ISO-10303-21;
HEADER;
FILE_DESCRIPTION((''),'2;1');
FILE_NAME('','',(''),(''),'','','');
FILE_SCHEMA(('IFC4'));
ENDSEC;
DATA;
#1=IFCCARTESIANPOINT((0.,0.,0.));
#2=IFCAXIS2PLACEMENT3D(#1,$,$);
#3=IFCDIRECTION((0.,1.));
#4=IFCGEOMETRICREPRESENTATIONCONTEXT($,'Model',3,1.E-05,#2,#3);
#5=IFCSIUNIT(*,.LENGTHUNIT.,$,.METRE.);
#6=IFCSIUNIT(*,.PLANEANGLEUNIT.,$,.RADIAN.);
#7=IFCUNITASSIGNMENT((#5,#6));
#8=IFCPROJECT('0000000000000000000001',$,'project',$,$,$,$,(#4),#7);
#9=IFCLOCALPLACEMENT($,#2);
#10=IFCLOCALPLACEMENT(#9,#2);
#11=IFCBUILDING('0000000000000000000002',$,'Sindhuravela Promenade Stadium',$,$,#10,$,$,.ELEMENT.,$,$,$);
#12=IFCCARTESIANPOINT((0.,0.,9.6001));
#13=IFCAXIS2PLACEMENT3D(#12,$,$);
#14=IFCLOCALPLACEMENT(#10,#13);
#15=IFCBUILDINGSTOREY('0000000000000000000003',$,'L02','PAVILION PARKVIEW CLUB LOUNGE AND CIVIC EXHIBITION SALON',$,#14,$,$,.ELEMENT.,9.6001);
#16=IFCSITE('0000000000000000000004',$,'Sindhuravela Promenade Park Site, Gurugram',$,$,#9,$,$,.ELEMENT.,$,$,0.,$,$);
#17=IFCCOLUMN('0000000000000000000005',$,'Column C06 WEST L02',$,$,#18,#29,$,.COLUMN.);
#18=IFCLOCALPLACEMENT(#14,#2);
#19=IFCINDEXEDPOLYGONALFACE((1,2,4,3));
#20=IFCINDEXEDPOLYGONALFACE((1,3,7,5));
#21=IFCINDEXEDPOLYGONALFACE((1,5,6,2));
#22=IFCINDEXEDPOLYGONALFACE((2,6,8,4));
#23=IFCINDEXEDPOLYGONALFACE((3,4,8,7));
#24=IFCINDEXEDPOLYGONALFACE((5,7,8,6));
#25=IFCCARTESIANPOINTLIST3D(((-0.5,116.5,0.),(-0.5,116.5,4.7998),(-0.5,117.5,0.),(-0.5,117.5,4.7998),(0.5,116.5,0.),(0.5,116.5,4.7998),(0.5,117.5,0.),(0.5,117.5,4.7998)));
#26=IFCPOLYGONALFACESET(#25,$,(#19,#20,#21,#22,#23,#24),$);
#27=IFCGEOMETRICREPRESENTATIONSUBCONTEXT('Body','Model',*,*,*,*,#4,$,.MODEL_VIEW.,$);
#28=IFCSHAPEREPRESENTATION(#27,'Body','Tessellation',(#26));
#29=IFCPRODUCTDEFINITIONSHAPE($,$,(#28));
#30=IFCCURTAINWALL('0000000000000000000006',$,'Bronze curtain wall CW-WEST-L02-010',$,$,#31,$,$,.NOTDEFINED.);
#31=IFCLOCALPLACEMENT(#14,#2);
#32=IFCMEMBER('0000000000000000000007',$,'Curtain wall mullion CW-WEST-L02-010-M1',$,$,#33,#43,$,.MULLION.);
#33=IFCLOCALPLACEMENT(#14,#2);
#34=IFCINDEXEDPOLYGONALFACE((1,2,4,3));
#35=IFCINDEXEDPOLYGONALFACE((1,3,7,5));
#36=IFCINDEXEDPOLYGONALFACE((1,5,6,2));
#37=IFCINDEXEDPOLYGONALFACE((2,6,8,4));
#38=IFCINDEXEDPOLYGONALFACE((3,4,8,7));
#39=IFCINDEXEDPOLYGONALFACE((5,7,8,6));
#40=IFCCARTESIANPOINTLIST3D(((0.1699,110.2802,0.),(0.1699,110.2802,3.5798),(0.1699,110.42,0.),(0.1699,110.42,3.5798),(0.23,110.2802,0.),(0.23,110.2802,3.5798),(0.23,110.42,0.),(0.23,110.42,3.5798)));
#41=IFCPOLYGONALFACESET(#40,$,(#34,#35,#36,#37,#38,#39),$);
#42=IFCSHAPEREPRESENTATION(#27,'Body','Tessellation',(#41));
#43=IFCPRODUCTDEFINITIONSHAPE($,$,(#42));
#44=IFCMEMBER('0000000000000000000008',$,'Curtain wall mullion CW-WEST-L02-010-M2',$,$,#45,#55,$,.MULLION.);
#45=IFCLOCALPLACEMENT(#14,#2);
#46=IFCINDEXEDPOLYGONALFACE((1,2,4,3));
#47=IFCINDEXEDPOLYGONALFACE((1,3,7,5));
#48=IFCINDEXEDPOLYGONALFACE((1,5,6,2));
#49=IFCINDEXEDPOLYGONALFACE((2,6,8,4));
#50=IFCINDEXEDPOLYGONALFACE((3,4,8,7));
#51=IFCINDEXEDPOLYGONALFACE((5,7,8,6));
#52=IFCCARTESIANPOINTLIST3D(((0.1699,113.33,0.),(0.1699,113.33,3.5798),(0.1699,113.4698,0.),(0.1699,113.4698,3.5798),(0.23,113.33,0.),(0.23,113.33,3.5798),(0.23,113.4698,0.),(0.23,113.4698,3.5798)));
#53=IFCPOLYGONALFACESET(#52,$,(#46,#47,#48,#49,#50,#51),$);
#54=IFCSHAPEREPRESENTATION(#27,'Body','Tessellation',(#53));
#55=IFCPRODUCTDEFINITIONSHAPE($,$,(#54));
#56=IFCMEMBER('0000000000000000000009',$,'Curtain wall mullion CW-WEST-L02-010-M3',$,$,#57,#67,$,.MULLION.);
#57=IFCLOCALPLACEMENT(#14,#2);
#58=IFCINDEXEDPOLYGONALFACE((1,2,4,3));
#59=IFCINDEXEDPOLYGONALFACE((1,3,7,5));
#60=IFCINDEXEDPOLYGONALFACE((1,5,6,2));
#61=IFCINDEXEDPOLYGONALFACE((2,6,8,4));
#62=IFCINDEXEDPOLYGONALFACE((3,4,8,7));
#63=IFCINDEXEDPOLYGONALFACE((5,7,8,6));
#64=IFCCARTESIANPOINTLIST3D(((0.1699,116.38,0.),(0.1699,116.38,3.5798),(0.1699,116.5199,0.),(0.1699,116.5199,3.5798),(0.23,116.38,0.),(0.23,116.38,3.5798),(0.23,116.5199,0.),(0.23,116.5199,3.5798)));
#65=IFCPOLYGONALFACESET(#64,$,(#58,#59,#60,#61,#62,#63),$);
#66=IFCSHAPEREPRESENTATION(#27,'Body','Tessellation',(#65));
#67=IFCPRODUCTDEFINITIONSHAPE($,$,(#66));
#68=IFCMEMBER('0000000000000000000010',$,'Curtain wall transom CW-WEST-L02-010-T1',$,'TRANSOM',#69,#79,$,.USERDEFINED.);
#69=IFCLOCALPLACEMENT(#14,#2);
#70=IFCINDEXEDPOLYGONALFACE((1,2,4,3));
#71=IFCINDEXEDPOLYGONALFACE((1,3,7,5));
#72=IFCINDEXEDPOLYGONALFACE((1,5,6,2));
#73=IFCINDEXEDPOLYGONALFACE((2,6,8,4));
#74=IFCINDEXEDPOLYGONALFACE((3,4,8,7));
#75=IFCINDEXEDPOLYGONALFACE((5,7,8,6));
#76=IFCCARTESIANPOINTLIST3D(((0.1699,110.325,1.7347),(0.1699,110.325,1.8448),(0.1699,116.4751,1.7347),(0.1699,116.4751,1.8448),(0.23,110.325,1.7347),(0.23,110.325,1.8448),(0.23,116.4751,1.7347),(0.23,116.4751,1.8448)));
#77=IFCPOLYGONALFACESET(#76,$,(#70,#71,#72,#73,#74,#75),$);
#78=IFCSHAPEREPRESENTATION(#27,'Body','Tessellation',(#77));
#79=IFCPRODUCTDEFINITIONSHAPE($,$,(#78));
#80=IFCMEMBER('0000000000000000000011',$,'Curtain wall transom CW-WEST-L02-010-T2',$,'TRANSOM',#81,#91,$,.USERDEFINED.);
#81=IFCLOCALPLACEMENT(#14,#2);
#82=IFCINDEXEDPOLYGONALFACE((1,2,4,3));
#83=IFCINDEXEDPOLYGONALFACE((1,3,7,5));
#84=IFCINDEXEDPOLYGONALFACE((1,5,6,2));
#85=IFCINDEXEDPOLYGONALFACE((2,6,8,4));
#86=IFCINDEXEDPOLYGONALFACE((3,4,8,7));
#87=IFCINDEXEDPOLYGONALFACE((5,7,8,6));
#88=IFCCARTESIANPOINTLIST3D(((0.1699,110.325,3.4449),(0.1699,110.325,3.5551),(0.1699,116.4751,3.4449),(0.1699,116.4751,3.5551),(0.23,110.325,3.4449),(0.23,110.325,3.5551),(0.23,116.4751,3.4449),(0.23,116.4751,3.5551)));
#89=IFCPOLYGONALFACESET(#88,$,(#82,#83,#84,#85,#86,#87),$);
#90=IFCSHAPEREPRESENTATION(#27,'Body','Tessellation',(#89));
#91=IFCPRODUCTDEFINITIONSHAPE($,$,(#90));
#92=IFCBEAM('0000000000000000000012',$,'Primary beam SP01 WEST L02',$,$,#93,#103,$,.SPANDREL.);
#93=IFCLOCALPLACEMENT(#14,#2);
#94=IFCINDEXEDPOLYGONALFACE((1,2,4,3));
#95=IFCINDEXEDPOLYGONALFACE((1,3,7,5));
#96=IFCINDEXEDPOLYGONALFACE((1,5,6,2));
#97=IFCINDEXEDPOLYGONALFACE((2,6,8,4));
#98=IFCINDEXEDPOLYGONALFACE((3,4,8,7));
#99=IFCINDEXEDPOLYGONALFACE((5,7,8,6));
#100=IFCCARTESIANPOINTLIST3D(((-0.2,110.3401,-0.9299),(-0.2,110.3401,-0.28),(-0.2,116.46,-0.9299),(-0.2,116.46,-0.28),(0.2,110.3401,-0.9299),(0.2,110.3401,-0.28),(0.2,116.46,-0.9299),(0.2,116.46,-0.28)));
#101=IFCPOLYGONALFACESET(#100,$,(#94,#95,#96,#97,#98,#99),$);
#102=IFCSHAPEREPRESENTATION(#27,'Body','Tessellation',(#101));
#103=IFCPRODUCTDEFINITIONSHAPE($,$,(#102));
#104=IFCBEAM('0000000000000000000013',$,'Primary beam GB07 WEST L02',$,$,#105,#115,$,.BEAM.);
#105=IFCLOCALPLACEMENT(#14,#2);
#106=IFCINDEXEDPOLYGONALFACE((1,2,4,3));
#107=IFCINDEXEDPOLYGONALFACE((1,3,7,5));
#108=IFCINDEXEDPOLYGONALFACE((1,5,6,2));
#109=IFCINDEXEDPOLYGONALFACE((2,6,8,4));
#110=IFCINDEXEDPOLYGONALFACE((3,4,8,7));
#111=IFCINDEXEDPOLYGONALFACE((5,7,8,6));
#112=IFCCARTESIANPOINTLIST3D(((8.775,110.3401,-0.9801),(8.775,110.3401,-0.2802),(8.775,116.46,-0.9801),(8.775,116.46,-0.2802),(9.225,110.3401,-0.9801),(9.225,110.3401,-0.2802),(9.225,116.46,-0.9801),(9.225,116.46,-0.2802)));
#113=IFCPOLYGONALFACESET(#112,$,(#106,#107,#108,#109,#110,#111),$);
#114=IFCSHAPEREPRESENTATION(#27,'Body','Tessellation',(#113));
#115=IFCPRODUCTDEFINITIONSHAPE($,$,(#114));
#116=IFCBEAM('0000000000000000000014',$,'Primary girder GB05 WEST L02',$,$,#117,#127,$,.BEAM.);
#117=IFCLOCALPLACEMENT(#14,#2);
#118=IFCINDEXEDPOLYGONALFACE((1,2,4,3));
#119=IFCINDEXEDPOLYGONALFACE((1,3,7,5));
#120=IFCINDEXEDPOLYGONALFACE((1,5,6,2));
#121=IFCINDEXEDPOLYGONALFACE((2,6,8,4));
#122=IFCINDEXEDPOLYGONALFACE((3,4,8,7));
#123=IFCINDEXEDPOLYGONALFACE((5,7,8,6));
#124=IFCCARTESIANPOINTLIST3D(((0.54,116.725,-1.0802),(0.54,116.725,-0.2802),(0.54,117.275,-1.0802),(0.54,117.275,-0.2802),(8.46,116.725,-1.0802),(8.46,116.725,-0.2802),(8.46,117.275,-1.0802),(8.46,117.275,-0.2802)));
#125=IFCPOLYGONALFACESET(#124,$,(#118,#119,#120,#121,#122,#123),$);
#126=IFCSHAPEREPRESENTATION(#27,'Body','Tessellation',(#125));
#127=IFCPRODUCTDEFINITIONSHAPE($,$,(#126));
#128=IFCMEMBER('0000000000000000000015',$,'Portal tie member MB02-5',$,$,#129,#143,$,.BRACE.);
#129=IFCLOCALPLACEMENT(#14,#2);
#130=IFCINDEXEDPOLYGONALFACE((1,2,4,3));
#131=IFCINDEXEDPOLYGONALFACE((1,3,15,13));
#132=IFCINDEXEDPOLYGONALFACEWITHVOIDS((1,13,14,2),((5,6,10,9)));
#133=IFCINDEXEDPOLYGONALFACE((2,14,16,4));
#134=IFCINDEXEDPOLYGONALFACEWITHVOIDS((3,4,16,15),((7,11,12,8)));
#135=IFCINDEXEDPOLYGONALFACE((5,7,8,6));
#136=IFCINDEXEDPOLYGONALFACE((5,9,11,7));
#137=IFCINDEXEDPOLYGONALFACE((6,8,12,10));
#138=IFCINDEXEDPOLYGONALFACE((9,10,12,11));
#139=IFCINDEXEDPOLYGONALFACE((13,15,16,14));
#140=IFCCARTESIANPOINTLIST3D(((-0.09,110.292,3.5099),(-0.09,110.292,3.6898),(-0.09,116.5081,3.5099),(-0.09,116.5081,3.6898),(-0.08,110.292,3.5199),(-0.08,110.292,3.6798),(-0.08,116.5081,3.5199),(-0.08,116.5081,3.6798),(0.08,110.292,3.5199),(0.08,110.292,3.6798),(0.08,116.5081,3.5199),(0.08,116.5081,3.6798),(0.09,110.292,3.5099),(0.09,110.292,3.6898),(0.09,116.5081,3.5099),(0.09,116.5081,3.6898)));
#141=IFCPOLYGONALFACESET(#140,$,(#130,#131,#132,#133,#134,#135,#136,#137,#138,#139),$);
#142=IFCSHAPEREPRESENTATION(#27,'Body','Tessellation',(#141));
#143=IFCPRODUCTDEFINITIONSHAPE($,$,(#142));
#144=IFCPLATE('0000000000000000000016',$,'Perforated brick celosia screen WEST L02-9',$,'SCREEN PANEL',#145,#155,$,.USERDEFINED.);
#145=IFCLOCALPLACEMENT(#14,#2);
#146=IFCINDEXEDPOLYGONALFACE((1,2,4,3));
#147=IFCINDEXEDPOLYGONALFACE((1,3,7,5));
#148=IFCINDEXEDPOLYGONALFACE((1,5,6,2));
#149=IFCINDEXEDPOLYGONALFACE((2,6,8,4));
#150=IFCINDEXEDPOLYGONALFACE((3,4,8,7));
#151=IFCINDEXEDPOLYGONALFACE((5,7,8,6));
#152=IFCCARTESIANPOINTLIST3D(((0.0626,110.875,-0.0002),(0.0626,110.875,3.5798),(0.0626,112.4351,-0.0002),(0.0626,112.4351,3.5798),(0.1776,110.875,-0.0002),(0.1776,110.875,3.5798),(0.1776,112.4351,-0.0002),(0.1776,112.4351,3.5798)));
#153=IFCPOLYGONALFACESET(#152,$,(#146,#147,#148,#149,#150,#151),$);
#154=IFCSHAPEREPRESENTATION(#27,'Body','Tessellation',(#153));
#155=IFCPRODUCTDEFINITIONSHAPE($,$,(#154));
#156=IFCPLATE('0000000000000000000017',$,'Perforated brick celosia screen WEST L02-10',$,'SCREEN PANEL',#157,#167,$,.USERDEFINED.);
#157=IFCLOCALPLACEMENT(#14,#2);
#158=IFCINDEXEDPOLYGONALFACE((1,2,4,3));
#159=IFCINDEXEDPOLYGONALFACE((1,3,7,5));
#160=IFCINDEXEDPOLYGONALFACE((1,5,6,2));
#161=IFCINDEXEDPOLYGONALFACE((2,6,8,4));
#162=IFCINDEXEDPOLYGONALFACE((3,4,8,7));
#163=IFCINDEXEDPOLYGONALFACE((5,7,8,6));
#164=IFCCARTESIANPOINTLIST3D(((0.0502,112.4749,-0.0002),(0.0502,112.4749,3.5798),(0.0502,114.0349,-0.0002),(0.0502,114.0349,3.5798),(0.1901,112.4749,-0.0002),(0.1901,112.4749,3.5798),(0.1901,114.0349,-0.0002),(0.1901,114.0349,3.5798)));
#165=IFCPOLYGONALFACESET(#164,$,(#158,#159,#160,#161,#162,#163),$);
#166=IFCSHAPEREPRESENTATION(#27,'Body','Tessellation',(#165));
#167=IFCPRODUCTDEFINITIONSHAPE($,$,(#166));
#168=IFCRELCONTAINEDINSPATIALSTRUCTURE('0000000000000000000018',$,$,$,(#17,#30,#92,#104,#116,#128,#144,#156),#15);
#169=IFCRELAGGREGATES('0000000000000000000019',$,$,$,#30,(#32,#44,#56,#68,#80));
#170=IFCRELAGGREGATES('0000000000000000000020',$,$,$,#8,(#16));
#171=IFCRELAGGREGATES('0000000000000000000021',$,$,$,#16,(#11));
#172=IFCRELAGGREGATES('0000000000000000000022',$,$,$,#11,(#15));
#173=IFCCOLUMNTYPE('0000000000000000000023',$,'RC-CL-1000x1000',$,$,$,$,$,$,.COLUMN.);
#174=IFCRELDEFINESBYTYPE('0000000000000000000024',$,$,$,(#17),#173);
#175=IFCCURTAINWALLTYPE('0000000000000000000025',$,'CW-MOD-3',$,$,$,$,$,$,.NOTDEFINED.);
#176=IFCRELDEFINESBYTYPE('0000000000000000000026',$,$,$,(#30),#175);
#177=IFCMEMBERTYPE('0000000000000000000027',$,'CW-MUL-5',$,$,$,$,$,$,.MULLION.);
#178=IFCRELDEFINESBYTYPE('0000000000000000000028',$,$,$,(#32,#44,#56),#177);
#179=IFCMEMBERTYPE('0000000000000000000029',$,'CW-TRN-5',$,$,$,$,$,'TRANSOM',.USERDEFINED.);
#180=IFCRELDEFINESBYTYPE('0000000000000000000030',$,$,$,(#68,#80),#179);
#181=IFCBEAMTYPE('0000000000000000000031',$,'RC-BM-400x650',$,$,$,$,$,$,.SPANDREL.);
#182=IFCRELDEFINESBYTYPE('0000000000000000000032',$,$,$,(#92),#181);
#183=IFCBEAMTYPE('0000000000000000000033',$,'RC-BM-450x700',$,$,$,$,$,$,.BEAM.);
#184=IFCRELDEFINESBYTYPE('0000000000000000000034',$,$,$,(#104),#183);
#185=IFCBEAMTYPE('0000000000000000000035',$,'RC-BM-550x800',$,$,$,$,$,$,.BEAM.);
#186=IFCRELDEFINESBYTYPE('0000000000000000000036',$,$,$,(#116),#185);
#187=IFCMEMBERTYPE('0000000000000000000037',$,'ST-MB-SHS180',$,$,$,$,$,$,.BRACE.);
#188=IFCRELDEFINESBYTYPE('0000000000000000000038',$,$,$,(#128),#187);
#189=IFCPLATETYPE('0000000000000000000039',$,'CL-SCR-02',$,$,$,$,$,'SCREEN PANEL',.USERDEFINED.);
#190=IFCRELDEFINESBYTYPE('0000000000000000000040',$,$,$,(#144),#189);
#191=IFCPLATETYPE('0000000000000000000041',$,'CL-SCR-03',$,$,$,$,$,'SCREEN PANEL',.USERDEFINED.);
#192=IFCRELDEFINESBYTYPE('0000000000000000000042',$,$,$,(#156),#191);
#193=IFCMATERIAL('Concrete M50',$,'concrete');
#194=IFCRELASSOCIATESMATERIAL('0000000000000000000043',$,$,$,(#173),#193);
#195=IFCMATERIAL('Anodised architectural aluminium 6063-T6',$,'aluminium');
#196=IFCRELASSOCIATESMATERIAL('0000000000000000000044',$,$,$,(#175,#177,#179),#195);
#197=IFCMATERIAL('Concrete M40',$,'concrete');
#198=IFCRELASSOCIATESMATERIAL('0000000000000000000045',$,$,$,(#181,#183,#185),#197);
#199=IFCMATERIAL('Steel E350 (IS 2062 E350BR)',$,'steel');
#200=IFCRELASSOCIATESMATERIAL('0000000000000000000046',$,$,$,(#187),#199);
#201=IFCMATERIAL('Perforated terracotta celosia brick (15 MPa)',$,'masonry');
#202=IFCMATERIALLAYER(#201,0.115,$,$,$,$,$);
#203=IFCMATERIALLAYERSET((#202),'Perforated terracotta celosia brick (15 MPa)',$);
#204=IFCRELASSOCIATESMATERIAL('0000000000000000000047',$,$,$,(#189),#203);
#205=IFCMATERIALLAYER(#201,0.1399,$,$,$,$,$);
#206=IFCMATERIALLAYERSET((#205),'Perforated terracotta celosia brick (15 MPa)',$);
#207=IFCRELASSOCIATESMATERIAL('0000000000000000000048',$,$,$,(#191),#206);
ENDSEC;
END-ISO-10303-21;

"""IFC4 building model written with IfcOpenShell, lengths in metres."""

from ifc_helpers import new_model, si_unit, direction, frame, origin, origin_2d, place, context, subcontext, project, spatial, rectangle, hollow_rectangle, extrude, material, layer, layer_set, material_profile, profile_set, type_object, element, aggregate, save


model = new_model("IFC4")

# Units and contexts
model_context = context("Model", 3, precision=1e-05, world=origin(), true_north=direction((0.0, 1.0)))
body_context = subcontext(model_context, "Body", "Model", "MODEL_VIEW")
ifc_project = project(units=[si_unit("LENGTHUNIT", "METRE"), si_unit("PLANEANGLEUNIT", "RADIAN")], contexts=[model_context])

# Site, building, storey
site_placement = place(None, origin())
site = spatial("IfcSite", under=ifc_project, at=site_placement, Name="Sindhuravela Promenade Park Site, Gurugram", CompositionType="ELEMENT", RefElevation=0.0)
building_placement = place(site_placement, origin())
building = spatial("IfcBuilding", under=site, at=building_placement, Name="Sindhuravela Promenade Stadium", CompositionType="ELEMENT")
storey_placement = place(building_placement, frame((0.0, 0.0, 9.6001)))
storey = spatial("IfcBuildingStorey", under=building, at=storey_placement, Name="L02", Description="PAVILION PARKVIEW CLUB LOUNGE AND CIVIC EXHIBITION SALON", CompositionType="ELEMENT", Elevation=9.6001)

# Column
ifc_material_1 = material(Name="Concrete M50", Category="concrete")
ifc_material_profile_1 = material_profile(ifc_material_1, rectangle(XDim=1.0, YDim=1.0, at=origin_2d()), Name="RC 1000x1000")
ifc_profile_set_1 = profile_set([ifc_material_profile_1], Name="Concrete M50")
column_type = type_object("IfcColumnType", Name="RC-CL-1000x1000", PredefinedType="COLUMN", material=ifc_profile_set_1)
column_placement = place(storey_placement, frame((0.0, 117.0, 0.0), z_axis=(0.0, 0.0, 1.0), x_axis=(1.0, 0.0, 0.0)))
element("IfcColumn", 1, at=column_placement, inside=storey, type_object=column_type, Name="Column C06 WEST L02", PredefinedType="COLUMN", context=body_context, shape_type="SweptSolid", body=[
    extrude(rectangle(XDim=1.0, YDim=1.0, at=origin_2d()), origin(), (0.0, 0.0, 1.0), 4.7998),
])

# Curtain wall, members
ifc_material_2 = material(Name="Anodised architectural aluminium 6063-T6", Category="aluminium")
curtain_wall_type = type_object("IfcCurtainWallType", Name="CW-MOD-3", PredefinedType="NOTDEFINED", material=ifc_material_2)
curtain_wall_placement = place(storey_placement, origin())
curtain_wall = element("IfcCurtainWall", 2, at=curtain_wall_placement, inside=storey, type_object=curtain_wall_type, Name="Bronze curtain wall CW-WEST-L02-010", PredefinedType="NOTDEFINED")
ifc_material_profile_2 = material_profile(ifc_material_2, rectangle(XDim=0.0601, YDim=0.1399, at=origin_2d()), Name="ALU M60x140")
ifc_profile_set_2 = profile_set([ifc_material_profile_2], Name="Anodised architectural aluminium 6063-T6")
member_type_1 = type_object("IfcMemberType", Name="CW-MUL-5", PredefinedType="MULLION", material=ifc_profile_set_2)
member_1_placement = place(storey_placement, frame((0.2, 110.3501, 0.0), z_axis=(0.0, 0.0, 1.0), x_axis=(1.0, 0.0, 0.0)))
member_1 = element("IfcMember", 3, at=member_1_placement, type_object=member_type_1, Name="Curtain wall mullion CW-WEST-L02-010-M1", PredefinedType="MULLION", context=body_context, shape_type="SweptSolid", body=[
    extrude(rectangle(XDim=0.0601, YDim=0.1399, at=origin_2d()), origin(), (0.0, 0.0, 1.0), 3.5798),
])
member_2_placement = place(storey_placement, frame((0.2, 113.3999, 0.0), z_axis=(0.0, 0.0, 1.0), x_axis=(1.0, 0.0, 0.0)))
member_2 = element("IfcMember", 4, at=member_2_placement, type_object=member_type_1, Name="Curtain wall mullion CW-WEST-L02-010-M2", PredefinedType="MULLION", context=body_context, shape_type="SweptSolid", body=[
    extrude(rectangle(XDim=0.0601, YDim=0.1399, at=origin_2d()), origin(), (0.0, 0.0, 1.0), 3.5798),
])
member_3_placement = place(storey_placement, frame((0.2, 116.45, 0.0), z_axis=(0.0, 0.0, 1.0), x_axis=(1.0, 0.0, 0.0)))
member_3 = element("IfcMember", 5, at=member_3_placement, type_object=member_type_1, Name="Curtain wall mullion CW-WEST-L02-010-M3", PredefinedType="MULLION", context=body_context, shape_type="SweptSolid", body=[
    extrude(rectangle(XDim=0.0601, YDim=0.1399, at=origin_2d()), origin(), (0.0, 0.0, 1.0), 3.5798),
])
ifc_material_profile_3 = material_profile(ifc_material_2, rectangle(XDim=0.0601, YDim=0.1101, at=origin_2d()), Name="ALU T60x110")
ifc_profile_set_3 = profile_set([ifc_material_profile_3], Name="Anodised architectural aluminium 6063-T6")
member_type_2 = type_object("IfcMemberType", Name="CW-TRN-5", ElementType="TRANSOM", PredefinedType="USERDEFINED", material=ifc_profile_set_3)
member_4_placement = place(storey_placement, frame((0.2, 110.325, 1.7898), z_axis=(0.0, 1.0, 0.0), x_axis=(-1.0, 0.0, 0.0)))
member_4 = element("IfcMember", 6, at=member_4_placement, type_object=member_type_2, Name="Curtain wall transom CW-WEST-L02-010-T1", ObjectType="TRANSOM", PredefinedType="USERDEFINED", context=body_context, shape_type="SweptSolid", body=[
    extrude(rectangle(XDim=0.0601, YDim=0.1101, at=origin_2d()), origin(), (0.0, 0.0, 1.0), 6.1501),
])
member_5_placement = place(storey_placement, frame((0.2, 110.325, 3.5), z_axis=(0.0, 1.0, 0.0), x_axis=(-1.0, 0.0, 0.0)))
member_5 = element("IfcMember", 7, at=member_5_placement, type_object=member_type_2, Name="Curtain wall transom CW-WEST-L02-010-T2", ObjectType="TRANSOM", PredefinedType="USERDEFINED", context=body_context, shape_type="SweptSolid", body=[
    extrude(rectangle(XDim=0.0601, YDim=0.1101, at=origin_2d()), origin(), (0.0, 0.0, 1.0), 6.1501),
])

# Beams
ifc_material_3 = material(Name="Concrete M40", Category="concrete")
ifc_material_profile_4 = material_profile(ifc_material_3, rectangle(XDim=0.3999, YDim=0.6499, at=origin_2d()), Name="RC 400x650")
ifc_profile_set_4 = profile_set([ifc_material_profile_4], Name="Concrete M40")
beam_type_1 = type_object("IfcBeamType", Name="RC-BM-400x650", PredefinedType="SPANDREL", material=ifc_profile_set_4)
beam_1_placement = place(storey_placement, frame((0.0, 110.3401, -0.605), z_axis=(0.0, 1.0, 0.0), x_axis=(-1.0, 0.0, 0.0)))
element("IfcBeam", 8, at=beam_1_placement, inside=storey, type_object=beam_type_1, Name="Primary beam SP01 WEST L02", PredefinedType="SPANDREL", context=body_context, shape_type="SweptSolid", body=[
    extrude(rectangle(XDim=0.3999, YDim=0.6499, at=origin_2d()), origin(), (0.0, 0.0, 1.0), 6.1199),
])
ifc_material_profile_5 = material_profile(ifc_material_3, rectangle(XDim=0.45, YDim=0.7, at=origin_2d()), Name="RC 450x700")
ifc_profile_set_5 = profile_set([ifc_material_profile_5], Name="Concrete M40")
beam_type_2 = type_object("IfcBeamType", Name="RC-BM-450x700", PredefinedType="BEAM", material=ifc_profile_set_5)
beam_2_placement = place(storey_placement, frame((9.0, 110.3401, -0.6301), z_axis=(0.0, 1.0, 0.0), x_axis=(-1.0, 0.0, 0.0)))
element("IfcBeam", 9, at=beam_2_placement, inside=storey, type_object=beam_type_2, Name="Primary beam GB07 WEST L02", PredefinedType="BEAM", context=body_context, shape_type="SweptSolid", body=[
    extrude(rectangle(XDim=0.45, YDim=0.7, at=origin_2d()), origin(), (0.0, 0.0, 1.0), 6.1199),
])
ifc_material_profile_6 = material_profile(ifc_material_3, rectangle(XDim=0.55, YDim=0.8, at=origin_2d()), Name="RC 550x800")
ifc_profile_set_6 = profile_set([ifc_material_profile_6], Name="Concrete M40")
beam_type_3 = type_object("IfcBeamType", Name="RC-BM-550x800", PredefinedType="BEAM", material=ifc_profile_set_6)
beam_3_placement = place(storey_placement, frame((0.54, 117.0, -0.6802), z_axis=(1.0, 0.0, 0.0), x_axis=(0.0, 1.0, 0.0)))
element("IfcBeam", 10, at=beam_3_placement, inside=storey, type_object=beam_type_3, Name="Primary girder GB05 WEST L02", PredefinedType="BEAM", context=body_context, shape_type="SweptSolid", body=[
    extrude(rectangle(XDim=0.55, YDim=0.8, at=origin_2d()), origin(), (0.0, 0.0, 1.0), 7.9199),
])

# Member
ifc_material_4 = material(Name="Steel E350 (IS 2062 E350BR)", Category="steel")
ifc_material_profile_7 = material_profile(ifc_material_4, hollow_rectangle(XDim=0.1799, YDim=0.1799, WallThickness=0.01, at=origin_2d()), Name="SHS 180x180x10")
ifc_profile_set_7 = profile_set([ifc_material_profile_7], Name="Steel E350 (IS 2062 E350BR)")
member_type_3 = type_object("IfcMemberType", Name="ST-MB-SHS180", PredefinedType="BRACE", material=ifc_profile_set_7)
member_6_placement = place(storey_placement, frame((0.0, 110.292, 3.5999), z_axis=(0.0, 1.0, 0.0), x_axis=(-1.0, 0.0, 0.0)))
element("IfcMember", 11, at=member_6_placement, inside=storey, type_object=member_type_3, Name="Portal tie member MB02-5", PredefinedType="BRACE", context=body_context, shape_type="SweptSolid", body=[
    extrude(hollow_rectangle(XDim=0.1799, YDim=0.1799, WallThickness=0.01, at=origin_2d()), origin(), (0.0, 0.0, 1.0), 6.2161),
])

# Plates
ifc_material_5 = material(Name="Perforated terracotta celosia brick (15 MPa)", Category="masonry")
ifc_layer_1 = layer(ifc_material_5, 0.115)
ifc_layer_set_1 = layer_set([ifc_layer_1], Name="Perforated terracotta celosia brick (15 MPa)")
plate_type_1 = type_object("IfcPlateType", Name="CL-SCR-02", ElementType="SCREEN PANEL", PredefinedType="USERDEFINED", material=ifc_layer_set_1)
plate_1_placement = place(storey_placement, frame((0.1201, 111.655, -0.0002), z_axis=(0.0, 0.0, 1.0), x_axis=(0.0, 1.0, 0.0)))
element("IfcPlate", 12, at=plate_1_placement, inside=storey, type_object=plate_type_1, Name="Perforated brick celosia screen WEST L02-9", ObjectType="SCREEN PANEL", PredefinedType="USERDEFINED", context=body_context, shape_type="SweptSolid", body=[
    extrude(rectangle(XDim=1.5601, YDim=0.115, at=origin_2d()), origin(), (0.0, 0.0, 1.0), 3.5801),
])
ifc_layer_2 = layer(ifc_material_5, 0.1399)
ifc_layer_set_2 = layer_set([ifc_layer_2], Name="Perforated terracotta celosia brick (15 MPa)")
plate_type_2 = type_object("IfcPlateType", Name="CL-SCR-03", ElementType="SCREEN PANEL", PredefinedType="USERDEFINED", material=ifc_layer_set_2)
plate_2_placement = place(storey_placement, frame((0.1201, 113.2549, -0.0002), z_axis=(0.0, 0.0, 1.0), x_axis=(0.0, 1.0, 0.0)))
element("IfcPlate", 13, at=plate_2_placement, inside=storey, type_object=plate_type_2, Name="Perforated brick celosia screen WEST L02-10", ObjectType="SCREEN PANEL", PredefinedType="USERDEFINED", context=body_context, shape_type="SweptSolid", body=[
    extrude(rectangle(XDim=1.5601, YDim=0.1399, at=origin_2d()), origin(), (0.0, 0.0, 1.0), 3.5801),
])

aggregate(curtain_wall, [member_1, member_2, member_3, member_4, member_5])

save(model, "model.ifc")
